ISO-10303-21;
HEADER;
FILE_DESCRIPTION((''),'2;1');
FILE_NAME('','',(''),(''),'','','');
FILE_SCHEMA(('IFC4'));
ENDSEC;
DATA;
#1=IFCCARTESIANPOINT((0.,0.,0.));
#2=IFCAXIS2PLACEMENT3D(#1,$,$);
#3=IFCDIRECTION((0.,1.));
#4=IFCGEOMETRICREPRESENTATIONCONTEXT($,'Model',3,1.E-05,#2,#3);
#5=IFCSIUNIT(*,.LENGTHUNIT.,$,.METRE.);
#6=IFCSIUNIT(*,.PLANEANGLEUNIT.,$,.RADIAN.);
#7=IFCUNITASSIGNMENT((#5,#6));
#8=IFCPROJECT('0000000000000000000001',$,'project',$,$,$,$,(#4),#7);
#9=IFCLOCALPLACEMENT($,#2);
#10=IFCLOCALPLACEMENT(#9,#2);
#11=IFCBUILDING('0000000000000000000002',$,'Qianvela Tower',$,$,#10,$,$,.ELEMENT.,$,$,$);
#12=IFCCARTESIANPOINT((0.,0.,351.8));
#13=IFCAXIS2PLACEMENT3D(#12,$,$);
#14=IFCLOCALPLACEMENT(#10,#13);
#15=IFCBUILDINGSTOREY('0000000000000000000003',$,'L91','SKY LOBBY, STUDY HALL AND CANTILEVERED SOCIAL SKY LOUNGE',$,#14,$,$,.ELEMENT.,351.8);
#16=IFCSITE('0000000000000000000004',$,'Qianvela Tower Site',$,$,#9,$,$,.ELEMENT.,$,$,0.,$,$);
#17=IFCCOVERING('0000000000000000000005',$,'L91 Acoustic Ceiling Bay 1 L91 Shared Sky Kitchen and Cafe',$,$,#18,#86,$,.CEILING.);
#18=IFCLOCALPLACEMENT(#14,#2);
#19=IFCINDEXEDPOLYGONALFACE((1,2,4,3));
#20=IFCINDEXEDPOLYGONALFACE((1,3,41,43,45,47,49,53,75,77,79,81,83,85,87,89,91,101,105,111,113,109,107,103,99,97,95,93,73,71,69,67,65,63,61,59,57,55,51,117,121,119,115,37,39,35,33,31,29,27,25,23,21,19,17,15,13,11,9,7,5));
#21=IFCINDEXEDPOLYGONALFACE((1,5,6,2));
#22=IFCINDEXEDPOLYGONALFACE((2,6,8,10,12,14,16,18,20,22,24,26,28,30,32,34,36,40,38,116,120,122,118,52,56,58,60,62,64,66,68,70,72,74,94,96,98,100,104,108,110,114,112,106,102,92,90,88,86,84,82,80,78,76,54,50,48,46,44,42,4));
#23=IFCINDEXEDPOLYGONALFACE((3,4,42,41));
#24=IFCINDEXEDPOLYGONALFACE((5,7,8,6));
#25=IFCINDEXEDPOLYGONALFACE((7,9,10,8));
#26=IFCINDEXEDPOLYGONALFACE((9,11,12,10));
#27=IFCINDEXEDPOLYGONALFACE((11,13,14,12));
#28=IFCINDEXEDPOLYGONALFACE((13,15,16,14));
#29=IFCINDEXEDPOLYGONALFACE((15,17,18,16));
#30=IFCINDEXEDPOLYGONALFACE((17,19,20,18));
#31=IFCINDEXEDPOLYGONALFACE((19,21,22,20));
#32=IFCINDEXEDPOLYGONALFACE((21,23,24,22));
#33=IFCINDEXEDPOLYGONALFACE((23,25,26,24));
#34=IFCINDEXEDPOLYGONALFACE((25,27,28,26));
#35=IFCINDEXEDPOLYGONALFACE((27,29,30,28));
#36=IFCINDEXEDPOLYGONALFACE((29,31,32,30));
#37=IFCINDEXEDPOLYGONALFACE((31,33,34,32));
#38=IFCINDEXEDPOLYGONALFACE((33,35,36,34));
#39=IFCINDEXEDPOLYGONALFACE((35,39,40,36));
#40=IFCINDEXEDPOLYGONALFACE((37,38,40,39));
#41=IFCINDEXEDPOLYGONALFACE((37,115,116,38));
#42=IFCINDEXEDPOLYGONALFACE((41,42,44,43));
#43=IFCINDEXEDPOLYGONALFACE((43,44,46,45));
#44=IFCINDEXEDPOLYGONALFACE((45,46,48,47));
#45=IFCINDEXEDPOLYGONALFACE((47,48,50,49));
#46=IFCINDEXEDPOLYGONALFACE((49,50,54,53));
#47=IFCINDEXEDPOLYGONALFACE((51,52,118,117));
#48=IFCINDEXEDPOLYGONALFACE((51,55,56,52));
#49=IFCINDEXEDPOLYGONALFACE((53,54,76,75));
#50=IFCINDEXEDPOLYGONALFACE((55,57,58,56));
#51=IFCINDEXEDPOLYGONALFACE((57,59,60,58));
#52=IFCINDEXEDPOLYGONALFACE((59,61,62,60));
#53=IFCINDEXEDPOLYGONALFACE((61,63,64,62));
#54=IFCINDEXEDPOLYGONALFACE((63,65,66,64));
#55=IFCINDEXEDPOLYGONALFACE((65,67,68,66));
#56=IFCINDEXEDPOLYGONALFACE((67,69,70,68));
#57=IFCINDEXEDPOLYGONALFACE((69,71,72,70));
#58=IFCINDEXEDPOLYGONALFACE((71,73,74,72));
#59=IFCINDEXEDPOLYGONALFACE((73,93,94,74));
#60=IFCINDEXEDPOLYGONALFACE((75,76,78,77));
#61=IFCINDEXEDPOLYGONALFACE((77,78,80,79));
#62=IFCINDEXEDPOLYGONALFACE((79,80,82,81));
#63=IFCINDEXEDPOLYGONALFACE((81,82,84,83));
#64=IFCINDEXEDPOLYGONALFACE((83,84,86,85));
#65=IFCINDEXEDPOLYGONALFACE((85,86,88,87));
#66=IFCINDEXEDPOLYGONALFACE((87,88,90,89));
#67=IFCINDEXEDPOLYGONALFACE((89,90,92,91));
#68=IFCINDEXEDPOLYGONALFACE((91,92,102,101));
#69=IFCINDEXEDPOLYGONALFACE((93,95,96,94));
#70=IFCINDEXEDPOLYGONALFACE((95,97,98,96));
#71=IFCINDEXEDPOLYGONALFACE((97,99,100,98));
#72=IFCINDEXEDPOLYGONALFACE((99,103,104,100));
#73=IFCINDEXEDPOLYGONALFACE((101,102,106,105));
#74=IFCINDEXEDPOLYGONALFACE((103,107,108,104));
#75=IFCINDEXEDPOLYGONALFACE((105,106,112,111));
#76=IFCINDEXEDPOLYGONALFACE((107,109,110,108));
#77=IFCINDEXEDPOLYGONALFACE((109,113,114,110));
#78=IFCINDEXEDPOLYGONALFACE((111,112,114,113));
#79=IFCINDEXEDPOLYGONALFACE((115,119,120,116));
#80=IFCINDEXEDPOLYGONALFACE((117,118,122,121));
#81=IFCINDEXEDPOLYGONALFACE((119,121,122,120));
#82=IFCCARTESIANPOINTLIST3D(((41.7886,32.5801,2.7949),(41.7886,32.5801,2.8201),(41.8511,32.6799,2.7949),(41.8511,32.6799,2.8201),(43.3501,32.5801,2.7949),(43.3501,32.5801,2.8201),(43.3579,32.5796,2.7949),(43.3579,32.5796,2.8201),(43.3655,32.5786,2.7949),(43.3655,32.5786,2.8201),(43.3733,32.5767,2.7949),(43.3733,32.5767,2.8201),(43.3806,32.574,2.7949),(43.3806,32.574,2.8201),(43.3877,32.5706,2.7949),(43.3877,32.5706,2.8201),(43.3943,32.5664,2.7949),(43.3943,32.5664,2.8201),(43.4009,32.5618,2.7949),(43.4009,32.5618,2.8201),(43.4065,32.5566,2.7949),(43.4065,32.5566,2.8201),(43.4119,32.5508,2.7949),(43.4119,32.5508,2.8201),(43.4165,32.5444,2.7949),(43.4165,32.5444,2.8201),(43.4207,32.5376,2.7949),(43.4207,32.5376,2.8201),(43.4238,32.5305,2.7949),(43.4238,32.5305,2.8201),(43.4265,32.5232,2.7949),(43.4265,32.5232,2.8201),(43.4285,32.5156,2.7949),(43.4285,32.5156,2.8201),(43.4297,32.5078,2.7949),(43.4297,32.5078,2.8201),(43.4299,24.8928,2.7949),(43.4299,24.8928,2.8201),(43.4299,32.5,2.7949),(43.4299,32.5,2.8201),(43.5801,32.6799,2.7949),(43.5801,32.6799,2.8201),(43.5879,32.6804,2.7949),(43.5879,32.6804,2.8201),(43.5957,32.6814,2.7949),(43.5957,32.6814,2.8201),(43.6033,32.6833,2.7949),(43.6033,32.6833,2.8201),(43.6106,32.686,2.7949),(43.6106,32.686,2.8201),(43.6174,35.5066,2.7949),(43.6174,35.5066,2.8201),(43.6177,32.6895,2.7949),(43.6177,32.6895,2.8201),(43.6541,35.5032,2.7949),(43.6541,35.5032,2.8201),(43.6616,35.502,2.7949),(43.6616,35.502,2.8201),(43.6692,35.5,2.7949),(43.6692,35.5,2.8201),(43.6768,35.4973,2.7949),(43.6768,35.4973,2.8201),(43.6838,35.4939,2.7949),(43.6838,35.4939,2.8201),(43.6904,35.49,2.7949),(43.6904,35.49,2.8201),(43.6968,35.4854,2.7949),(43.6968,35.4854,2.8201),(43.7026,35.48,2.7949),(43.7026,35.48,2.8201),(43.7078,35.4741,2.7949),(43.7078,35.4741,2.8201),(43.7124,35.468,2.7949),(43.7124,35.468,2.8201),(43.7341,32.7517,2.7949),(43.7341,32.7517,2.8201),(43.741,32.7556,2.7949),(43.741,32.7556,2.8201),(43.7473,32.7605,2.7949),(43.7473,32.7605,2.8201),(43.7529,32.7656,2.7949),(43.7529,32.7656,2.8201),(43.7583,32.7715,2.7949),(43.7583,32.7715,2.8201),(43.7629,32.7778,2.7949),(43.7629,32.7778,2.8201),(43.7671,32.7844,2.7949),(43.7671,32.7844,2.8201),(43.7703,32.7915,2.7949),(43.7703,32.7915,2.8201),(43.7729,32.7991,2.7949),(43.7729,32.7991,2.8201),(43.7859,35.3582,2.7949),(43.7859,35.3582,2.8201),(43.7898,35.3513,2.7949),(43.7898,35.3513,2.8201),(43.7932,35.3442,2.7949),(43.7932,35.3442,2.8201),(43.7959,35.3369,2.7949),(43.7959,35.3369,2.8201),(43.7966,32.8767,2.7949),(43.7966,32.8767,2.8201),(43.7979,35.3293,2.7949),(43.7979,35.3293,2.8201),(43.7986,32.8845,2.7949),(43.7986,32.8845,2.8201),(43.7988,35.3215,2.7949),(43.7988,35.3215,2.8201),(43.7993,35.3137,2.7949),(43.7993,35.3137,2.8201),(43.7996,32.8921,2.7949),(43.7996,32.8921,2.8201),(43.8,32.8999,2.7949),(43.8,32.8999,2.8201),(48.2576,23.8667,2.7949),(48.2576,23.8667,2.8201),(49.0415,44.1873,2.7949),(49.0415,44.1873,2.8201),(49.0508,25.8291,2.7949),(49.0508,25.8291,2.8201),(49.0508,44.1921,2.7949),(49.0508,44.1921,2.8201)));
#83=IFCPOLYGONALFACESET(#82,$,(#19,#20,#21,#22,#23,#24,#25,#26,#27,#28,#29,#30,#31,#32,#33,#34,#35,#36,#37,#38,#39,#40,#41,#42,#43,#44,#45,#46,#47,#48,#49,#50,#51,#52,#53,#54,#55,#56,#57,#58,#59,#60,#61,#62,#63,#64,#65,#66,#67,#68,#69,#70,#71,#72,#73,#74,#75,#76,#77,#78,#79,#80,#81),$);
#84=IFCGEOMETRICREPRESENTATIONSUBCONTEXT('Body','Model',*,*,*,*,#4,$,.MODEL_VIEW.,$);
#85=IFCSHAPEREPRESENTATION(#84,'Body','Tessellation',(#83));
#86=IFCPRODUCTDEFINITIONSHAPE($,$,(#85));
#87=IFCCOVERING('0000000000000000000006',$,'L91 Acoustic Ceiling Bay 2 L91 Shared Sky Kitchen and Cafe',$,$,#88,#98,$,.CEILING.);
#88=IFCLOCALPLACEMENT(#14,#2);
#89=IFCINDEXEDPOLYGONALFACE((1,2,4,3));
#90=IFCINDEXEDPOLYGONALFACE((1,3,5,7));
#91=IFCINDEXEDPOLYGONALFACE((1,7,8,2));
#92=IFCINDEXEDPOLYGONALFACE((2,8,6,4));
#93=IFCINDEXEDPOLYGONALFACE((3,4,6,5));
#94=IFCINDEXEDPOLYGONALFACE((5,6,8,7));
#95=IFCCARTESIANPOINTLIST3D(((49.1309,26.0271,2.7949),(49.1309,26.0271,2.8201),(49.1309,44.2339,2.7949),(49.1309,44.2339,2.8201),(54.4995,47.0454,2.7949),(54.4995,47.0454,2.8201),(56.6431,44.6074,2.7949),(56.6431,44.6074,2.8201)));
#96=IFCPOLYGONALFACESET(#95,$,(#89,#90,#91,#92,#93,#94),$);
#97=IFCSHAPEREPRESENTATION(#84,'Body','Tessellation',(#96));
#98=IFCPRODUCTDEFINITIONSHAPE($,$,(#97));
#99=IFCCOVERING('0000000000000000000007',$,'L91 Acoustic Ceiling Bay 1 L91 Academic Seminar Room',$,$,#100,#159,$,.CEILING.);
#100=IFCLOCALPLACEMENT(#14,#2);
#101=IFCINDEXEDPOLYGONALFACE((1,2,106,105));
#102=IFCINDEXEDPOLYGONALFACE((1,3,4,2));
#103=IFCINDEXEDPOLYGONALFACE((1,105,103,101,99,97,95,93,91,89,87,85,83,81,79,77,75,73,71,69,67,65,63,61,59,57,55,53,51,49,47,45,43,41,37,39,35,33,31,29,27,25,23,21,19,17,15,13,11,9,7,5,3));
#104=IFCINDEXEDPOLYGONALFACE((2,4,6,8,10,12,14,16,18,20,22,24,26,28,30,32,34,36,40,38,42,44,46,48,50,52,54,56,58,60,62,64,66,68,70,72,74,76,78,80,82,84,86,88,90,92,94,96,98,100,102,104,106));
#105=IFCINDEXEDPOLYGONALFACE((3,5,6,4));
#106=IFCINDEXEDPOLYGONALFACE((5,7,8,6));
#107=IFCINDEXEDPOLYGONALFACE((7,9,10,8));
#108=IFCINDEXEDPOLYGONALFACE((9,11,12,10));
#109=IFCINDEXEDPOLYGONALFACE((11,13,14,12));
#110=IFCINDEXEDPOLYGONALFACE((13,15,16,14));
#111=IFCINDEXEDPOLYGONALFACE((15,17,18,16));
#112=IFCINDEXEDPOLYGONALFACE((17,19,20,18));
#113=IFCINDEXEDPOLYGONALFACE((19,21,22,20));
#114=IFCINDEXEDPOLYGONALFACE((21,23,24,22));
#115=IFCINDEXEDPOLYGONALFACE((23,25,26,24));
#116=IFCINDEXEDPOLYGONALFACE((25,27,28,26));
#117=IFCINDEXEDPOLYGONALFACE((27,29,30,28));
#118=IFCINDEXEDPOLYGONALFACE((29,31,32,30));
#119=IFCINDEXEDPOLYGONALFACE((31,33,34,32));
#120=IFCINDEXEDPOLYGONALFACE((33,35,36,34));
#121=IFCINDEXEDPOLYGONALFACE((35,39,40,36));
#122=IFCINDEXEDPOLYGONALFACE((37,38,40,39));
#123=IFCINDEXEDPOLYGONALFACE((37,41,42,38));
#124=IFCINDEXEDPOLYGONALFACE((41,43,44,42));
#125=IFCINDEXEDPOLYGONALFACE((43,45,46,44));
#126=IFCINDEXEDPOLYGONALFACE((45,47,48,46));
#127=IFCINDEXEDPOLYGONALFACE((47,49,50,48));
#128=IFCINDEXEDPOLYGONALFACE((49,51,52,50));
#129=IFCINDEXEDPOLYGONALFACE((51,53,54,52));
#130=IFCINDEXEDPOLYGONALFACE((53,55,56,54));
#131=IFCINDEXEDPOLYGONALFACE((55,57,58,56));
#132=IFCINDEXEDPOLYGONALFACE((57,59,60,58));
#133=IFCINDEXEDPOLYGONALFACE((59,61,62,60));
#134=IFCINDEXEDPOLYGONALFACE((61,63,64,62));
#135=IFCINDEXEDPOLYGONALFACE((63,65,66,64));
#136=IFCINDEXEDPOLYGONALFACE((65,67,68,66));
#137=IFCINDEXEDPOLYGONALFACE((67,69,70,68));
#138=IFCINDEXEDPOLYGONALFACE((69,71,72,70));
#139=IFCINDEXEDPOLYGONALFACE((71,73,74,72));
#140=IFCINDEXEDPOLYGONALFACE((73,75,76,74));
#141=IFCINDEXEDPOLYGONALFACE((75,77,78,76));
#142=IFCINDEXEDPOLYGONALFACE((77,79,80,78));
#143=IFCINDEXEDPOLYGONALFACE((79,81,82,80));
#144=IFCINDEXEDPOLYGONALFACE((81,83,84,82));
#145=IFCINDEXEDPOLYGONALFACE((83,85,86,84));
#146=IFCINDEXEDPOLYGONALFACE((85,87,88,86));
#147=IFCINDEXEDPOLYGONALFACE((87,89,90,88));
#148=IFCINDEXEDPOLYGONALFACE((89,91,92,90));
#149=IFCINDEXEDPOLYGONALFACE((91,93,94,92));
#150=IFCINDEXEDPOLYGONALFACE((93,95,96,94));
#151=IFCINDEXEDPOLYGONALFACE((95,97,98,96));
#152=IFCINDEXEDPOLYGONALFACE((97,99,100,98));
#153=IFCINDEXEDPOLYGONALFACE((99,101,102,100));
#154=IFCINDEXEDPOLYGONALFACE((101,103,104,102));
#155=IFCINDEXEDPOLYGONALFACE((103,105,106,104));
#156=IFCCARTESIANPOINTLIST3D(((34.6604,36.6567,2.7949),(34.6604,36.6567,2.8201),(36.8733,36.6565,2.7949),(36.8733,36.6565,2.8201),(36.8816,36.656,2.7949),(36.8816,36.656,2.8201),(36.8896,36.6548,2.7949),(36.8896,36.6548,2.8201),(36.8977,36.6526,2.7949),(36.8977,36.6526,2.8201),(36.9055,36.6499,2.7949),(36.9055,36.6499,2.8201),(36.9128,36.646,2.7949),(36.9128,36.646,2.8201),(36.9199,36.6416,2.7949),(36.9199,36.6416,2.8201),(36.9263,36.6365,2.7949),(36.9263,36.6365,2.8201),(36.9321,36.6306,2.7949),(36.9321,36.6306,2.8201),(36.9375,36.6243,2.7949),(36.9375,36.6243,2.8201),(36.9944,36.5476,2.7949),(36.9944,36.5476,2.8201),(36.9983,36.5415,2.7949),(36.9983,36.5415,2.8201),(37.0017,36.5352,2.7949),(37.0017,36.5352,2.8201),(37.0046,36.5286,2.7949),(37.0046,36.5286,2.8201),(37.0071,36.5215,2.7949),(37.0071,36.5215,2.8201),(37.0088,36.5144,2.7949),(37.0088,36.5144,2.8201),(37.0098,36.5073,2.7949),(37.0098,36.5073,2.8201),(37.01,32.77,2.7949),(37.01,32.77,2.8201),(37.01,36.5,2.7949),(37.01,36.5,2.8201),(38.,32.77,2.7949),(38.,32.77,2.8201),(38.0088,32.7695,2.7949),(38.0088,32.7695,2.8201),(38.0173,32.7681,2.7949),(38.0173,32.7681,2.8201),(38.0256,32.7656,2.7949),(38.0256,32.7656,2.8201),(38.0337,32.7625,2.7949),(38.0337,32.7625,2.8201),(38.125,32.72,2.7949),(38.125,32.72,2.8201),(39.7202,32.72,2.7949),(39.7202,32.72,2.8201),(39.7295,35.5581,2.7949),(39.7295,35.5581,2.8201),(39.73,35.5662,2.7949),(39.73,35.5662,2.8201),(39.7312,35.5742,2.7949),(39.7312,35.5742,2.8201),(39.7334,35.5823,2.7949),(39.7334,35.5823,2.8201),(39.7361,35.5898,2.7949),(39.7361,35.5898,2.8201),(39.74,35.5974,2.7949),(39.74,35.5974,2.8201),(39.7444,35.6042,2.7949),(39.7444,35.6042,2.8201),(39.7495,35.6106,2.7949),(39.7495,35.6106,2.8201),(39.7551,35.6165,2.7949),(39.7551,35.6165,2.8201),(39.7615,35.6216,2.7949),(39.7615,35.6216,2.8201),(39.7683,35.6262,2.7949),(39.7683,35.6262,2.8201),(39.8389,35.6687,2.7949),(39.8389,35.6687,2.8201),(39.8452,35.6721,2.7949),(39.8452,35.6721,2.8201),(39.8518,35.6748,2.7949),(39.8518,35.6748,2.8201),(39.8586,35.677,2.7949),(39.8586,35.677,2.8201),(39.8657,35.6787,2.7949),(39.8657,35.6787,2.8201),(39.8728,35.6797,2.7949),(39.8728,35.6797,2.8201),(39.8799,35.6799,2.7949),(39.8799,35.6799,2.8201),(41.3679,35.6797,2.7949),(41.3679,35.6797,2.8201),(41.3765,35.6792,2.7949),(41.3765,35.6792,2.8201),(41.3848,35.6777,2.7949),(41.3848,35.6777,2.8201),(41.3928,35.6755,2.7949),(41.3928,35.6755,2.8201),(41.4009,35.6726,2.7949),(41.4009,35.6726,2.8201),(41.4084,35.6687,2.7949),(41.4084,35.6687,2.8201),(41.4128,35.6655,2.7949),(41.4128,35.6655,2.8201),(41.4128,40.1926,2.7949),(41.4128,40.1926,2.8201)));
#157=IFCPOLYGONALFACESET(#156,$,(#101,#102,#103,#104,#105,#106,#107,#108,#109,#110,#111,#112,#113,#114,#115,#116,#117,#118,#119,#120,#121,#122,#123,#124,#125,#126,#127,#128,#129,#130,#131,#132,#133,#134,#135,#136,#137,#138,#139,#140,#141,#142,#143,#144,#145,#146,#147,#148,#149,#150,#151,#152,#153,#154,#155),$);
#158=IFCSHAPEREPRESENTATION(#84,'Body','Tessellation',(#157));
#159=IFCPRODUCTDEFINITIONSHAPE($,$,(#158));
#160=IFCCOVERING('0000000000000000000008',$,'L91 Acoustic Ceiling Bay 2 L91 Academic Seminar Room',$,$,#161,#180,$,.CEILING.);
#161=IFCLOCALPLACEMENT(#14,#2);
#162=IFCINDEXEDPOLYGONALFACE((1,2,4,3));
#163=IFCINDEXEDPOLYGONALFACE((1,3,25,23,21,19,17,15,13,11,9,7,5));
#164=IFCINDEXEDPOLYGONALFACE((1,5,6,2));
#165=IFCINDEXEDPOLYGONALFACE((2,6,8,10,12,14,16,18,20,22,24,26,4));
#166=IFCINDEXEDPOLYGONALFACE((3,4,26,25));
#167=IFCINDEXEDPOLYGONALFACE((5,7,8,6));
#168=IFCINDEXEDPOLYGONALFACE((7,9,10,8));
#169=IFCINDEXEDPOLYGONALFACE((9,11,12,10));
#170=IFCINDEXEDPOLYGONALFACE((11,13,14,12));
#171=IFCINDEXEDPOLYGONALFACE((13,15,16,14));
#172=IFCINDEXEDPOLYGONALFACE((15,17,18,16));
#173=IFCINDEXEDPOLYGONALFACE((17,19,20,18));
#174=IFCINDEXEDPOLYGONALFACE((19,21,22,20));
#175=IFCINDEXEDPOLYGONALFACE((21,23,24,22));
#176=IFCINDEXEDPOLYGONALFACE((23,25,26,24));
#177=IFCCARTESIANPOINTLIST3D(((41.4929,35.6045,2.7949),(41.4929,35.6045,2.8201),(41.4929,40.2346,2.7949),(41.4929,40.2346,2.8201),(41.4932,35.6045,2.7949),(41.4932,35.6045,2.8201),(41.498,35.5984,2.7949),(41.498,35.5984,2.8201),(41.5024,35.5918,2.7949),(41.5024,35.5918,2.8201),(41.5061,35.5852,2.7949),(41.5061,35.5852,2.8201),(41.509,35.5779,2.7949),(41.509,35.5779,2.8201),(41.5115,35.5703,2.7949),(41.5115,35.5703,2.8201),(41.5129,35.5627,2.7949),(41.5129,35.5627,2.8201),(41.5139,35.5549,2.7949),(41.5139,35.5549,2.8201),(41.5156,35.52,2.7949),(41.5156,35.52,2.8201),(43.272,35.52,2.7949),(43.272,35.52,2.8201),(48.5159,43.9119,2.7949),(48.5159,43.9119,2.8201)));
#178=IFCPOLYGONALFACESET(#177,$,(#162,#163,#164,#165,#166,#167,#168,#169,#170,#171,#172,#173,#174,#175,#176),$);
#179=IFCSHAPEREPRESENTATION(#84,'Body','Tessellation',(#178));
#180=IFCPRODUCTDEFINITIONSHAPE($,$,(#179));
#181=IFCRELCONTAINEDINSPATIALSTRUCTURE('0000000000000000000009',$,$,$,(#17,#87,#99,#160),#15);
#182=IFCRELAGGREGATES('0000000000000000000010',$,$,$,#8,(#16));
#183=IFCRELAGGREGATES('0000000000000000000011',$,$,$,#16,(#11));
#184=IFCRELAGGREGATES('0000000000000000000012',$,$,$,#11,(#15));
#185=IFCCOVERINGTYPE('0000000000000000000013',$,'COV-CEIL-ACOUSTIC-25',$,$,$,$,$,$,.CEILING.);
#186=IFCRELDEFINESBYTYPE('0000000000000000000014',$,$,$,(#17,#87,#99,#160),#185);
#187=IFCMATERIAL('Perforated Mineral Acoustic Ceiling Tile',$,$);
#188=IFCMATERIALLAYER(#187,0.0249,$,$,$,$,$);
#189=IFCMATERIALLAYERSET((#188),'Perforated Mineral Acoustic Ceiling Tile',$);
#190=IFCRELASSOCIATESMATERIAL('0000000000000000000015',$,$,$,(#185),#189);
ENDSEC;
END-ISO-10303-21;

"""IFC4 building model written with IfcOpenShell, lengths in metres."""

from ifc_helpers import new_model, si_unit, direction, frame, origin, place, context, subcontext, project, spatial, polyline, outline, extrude, material, layer, layer_set, type_object, element, save


model = new_model("IFC4")

# Units and contexts
model_context = context("Model", 3, precision=1e-05, world=origin(), true_north=direction((0.0, 1.0)))
body_context = subcontext(model_context, "Body", "Model", "MODEL_VIEW")
ifc_project = project(units=[si_unit("LENGTHUNIT", "METRE"), si_unit("PLANEANGLEUNIT", "RADIAN")], contexts=[model_context])

# Site, building, storey
site_placement = place(None, origin())
site = spatial("IfcSite", under=ifc_project, at=site_placement, Name="Qianvela Tower Site", CompositionType="ELEMENT", RefElevation=0.0)
building_placement = place(site_placement, origin())
building = spatial("IfcBuilding", under=site, at=building_placement, Name="Qianvela Tower", CompositionType="ELEMENT")
storey_placement = place(building_placement, frame((0.0, 0.0, 351.8)))
storey = spatial("IfcBuildingStorey", under=building, at=storey_placement, Name="L91", Description="SKY LOBBY, STUDY HALL AND CANTILEVERED SOCIAL SKY LOUNGE", CompositionType="ELEMENT", Elevation=351.8)

# Coverings
ifc_material_1 = material(Name="Perforated Mineral Acoustic Ceiling Tile")
ifc_layer_1 = layer(ifc_material_1, 0.0249)
ifc_layer_set_1 = layer_set([ifc_layer_1], Name="Perforated Mineral Acoustic Ceiling Tile")
covering_type_1 = type_object("IfcCoveringType", Name="COV-CEIL-ACOUSTIC-25", PredefinedType="CEILING", material=ifc_layer_set_1)
covering_1_placement = place(storey_placement, frame((0.0, 0.0, 2.7949)))
element("IfcCovering", 1, at=covering_1_placement, inside=storey, type_object=covering_type_1, Name="L91 Acoustic Ceiling Bay 1 L91 Shared Sky Kitchen and Cafe", PredefinedType="CEILING", context=body_context, shape_type="SweptSolid", body=[
    extrude(outline(polyline([(41.8511, 32.6799), (43.5801, 32.6799), (43.5879, 32.6804), (43.5957, 32.6814), (43.6033, 32.6833), (43.6106, 32.686), (43.6177, 32.6895), (43.7341, 32.7517), (43.741, 32.7556), (43.7473, 32.7605), (43.7529, 32.7656), (43.7583, 32.7715), (43.7629, 32.7778), (43.7671, 32.7844), (43.7703, 32.7915), (43.7729, 32.7991), (43.7966, 32.8767), (43.7986, 32.8845), (43.7996, 32.8921), (43.8, 32.8999), (43.7993, 35.3137), (43.7988, 35.3215), (43.7979, 35.3293), (43.7959, 35.3369), (43.7932, 35.3442), (43.7898, 35.3513), (43.7859, 35.3582), (43.7124, 35.468), (43.7078, 35.4741), (43.7026, 35.48), (43.6968, 35.4854), (43.6904, 35.49), (43.6838, 35.4939), (43.6768, 35.4973), (43.6692, 35.5), (43.6616, 35.502), (43.6541, 35.5032), (43.6174, 35.5066), (49.0415, 44.1873), (49.0508, 44.1921), (49.0508, 25.8291), (48.2576, 23.8667), (43.4299, 24.8928), (43.4299, 32.5), (43.4297, 32.5078), (43.4285, 32.5156), (43.4265, 32.5232), (43.4238, 32.5305), (43.4207, 32.5376), (43.4165, 32.5444), (43.4119, 32.5508), (43.4065, 32.5566), (43.4009, 32.5618), (43.3943, 32.5664), (43.3877, 32.5706), (43.3806, 32.574), (43.3733, 32.5767), (43.3655, 32.5786), (43.3579, 32.5796), (43.3501, 32.5801), (41.7886, 32.5801), (41.8511, 32.6799)])), origin(), (0.0, 0.0, 1.0), 0.0251),
])
covering_2_placement = place(storey_placement, frame((0.0, 0.0, 2.7949)))
element("IfcCovering", 2, at=covering_2_placement, inside=storey, type_object=covering_type_1, Name="L91 Acoustic Ceiling Bay 2 L91 Shared Sky Kitchen and Cafe", PredefinedType="CEILING", context=body_context, shape_type="SweptSolid", body=[
    extrude(outline(polyline([(54.4995, 47.0454), (56.6431, 44.6074), (49.1309, 26.0271), (49.1309, 44.2339), (54.4995, 47.0454)])), origin(), (0.0, 0.0, 1.0), 0.0251),
])
covering_3_placement = place(storey_placement, frame((0.0, 0.0, 2.7949)))
element("IfcCovering", 3, at=covering_3_placement, inside=storey, type_object=covering_type_1, Name="L91 Acoustic Ceiling Bay 1 L91 Academic Seminar Room", PredefinedType="CEILING", context=body_context, shape_type="SweptSolid", body=[
    extrude(outline(polyline([(41.4128, 40.1926), (41.4128, 35.6655), (41.4084, 35.6687), (41.4009, 35.6726), (41.3928, 35.6755), (41.3848, 35.6777), (41.3765, 35.6792), (41.3679, 35.6797), (39.8799, 35.6799), (39.8728, 35.6797), (39.8657, 35.6787), (39.8586, 35.677), (39.8518, 35.6748), (39.8452, 35.6721), (39.8389, 35.6687), (39.7683, 35.6262), (39.7615, 35.6216), (39.7551, 35.6165), (39.7495, 35.6106), (39.7444, 35.6042), (39.74, 35.5974), (39.7361, 35.5898), (39.7334, 35.5823), (39.7312, 35.5742), (39.73, 35.5662), (39.7295, 35.5581), (39.7202, 32.72), (38.125, 32.72), (38.0337, 32.7625), (38.0256, 32.7656), (38.0173, 32.7681), (38.0088, 32.7695), (38.0, 32.77), (37.01, 32.77), (37.01, 36.5), (37.0098, 36.5073), (37.0088, 36.5144), (37.0071, 36.5215), (37.0046, 36.5286), (37.0017, 36.5352), (36.9983, 36.5415), (36.9944, 36.5476), (36.9375, 36.6243), (36.9321, 36.6306), (36.9263, 36.6365), (36.9199, 36.6416), (36.9128, 36.646), (36.9055, 36.6499), (36.8977, 36.6526), (36.8896, 36.6548), (36.8816, 36.656), (36.8733, 36.6565), (34.6604, 36.6567), (41.4128, 40.1926)])), origin(), (0.0, 0.0, 1.0), 0.0251),
])
covering_4_placement = place(storey_placement, frame((0.0, 0.0, 2.7949)))
element("IfcCovering", 4, at=covering_4_placement, inside=storey, type_object=covering_type_1, Name="L91 Acoustic Ceiling Bay 2 L91 Academic Seminar Room", PredefinedType="CEILING", context=body_context, shape_type="SweptSolid", body=[
    extrude(outline(polyline([(48.5159, 43.9119), (43.272, 35.52), (41.5156, 35.52), (41.5139, 35.5549), (41.5129, 35.5627), (41.5115, 35.5703), (41.509, 35.5779), (41.5061, 35.5852), (41.5024, 35.5918), (41.498, 35.5984), (41.4932, 35.6045), (41.4929, 35.6045), (41.4929, 40.2346), (48.5159, 43.9119)])), origin(), (0.0, 0.0, 1.0), 0.0251),
])

save(model, "model.ifc")
